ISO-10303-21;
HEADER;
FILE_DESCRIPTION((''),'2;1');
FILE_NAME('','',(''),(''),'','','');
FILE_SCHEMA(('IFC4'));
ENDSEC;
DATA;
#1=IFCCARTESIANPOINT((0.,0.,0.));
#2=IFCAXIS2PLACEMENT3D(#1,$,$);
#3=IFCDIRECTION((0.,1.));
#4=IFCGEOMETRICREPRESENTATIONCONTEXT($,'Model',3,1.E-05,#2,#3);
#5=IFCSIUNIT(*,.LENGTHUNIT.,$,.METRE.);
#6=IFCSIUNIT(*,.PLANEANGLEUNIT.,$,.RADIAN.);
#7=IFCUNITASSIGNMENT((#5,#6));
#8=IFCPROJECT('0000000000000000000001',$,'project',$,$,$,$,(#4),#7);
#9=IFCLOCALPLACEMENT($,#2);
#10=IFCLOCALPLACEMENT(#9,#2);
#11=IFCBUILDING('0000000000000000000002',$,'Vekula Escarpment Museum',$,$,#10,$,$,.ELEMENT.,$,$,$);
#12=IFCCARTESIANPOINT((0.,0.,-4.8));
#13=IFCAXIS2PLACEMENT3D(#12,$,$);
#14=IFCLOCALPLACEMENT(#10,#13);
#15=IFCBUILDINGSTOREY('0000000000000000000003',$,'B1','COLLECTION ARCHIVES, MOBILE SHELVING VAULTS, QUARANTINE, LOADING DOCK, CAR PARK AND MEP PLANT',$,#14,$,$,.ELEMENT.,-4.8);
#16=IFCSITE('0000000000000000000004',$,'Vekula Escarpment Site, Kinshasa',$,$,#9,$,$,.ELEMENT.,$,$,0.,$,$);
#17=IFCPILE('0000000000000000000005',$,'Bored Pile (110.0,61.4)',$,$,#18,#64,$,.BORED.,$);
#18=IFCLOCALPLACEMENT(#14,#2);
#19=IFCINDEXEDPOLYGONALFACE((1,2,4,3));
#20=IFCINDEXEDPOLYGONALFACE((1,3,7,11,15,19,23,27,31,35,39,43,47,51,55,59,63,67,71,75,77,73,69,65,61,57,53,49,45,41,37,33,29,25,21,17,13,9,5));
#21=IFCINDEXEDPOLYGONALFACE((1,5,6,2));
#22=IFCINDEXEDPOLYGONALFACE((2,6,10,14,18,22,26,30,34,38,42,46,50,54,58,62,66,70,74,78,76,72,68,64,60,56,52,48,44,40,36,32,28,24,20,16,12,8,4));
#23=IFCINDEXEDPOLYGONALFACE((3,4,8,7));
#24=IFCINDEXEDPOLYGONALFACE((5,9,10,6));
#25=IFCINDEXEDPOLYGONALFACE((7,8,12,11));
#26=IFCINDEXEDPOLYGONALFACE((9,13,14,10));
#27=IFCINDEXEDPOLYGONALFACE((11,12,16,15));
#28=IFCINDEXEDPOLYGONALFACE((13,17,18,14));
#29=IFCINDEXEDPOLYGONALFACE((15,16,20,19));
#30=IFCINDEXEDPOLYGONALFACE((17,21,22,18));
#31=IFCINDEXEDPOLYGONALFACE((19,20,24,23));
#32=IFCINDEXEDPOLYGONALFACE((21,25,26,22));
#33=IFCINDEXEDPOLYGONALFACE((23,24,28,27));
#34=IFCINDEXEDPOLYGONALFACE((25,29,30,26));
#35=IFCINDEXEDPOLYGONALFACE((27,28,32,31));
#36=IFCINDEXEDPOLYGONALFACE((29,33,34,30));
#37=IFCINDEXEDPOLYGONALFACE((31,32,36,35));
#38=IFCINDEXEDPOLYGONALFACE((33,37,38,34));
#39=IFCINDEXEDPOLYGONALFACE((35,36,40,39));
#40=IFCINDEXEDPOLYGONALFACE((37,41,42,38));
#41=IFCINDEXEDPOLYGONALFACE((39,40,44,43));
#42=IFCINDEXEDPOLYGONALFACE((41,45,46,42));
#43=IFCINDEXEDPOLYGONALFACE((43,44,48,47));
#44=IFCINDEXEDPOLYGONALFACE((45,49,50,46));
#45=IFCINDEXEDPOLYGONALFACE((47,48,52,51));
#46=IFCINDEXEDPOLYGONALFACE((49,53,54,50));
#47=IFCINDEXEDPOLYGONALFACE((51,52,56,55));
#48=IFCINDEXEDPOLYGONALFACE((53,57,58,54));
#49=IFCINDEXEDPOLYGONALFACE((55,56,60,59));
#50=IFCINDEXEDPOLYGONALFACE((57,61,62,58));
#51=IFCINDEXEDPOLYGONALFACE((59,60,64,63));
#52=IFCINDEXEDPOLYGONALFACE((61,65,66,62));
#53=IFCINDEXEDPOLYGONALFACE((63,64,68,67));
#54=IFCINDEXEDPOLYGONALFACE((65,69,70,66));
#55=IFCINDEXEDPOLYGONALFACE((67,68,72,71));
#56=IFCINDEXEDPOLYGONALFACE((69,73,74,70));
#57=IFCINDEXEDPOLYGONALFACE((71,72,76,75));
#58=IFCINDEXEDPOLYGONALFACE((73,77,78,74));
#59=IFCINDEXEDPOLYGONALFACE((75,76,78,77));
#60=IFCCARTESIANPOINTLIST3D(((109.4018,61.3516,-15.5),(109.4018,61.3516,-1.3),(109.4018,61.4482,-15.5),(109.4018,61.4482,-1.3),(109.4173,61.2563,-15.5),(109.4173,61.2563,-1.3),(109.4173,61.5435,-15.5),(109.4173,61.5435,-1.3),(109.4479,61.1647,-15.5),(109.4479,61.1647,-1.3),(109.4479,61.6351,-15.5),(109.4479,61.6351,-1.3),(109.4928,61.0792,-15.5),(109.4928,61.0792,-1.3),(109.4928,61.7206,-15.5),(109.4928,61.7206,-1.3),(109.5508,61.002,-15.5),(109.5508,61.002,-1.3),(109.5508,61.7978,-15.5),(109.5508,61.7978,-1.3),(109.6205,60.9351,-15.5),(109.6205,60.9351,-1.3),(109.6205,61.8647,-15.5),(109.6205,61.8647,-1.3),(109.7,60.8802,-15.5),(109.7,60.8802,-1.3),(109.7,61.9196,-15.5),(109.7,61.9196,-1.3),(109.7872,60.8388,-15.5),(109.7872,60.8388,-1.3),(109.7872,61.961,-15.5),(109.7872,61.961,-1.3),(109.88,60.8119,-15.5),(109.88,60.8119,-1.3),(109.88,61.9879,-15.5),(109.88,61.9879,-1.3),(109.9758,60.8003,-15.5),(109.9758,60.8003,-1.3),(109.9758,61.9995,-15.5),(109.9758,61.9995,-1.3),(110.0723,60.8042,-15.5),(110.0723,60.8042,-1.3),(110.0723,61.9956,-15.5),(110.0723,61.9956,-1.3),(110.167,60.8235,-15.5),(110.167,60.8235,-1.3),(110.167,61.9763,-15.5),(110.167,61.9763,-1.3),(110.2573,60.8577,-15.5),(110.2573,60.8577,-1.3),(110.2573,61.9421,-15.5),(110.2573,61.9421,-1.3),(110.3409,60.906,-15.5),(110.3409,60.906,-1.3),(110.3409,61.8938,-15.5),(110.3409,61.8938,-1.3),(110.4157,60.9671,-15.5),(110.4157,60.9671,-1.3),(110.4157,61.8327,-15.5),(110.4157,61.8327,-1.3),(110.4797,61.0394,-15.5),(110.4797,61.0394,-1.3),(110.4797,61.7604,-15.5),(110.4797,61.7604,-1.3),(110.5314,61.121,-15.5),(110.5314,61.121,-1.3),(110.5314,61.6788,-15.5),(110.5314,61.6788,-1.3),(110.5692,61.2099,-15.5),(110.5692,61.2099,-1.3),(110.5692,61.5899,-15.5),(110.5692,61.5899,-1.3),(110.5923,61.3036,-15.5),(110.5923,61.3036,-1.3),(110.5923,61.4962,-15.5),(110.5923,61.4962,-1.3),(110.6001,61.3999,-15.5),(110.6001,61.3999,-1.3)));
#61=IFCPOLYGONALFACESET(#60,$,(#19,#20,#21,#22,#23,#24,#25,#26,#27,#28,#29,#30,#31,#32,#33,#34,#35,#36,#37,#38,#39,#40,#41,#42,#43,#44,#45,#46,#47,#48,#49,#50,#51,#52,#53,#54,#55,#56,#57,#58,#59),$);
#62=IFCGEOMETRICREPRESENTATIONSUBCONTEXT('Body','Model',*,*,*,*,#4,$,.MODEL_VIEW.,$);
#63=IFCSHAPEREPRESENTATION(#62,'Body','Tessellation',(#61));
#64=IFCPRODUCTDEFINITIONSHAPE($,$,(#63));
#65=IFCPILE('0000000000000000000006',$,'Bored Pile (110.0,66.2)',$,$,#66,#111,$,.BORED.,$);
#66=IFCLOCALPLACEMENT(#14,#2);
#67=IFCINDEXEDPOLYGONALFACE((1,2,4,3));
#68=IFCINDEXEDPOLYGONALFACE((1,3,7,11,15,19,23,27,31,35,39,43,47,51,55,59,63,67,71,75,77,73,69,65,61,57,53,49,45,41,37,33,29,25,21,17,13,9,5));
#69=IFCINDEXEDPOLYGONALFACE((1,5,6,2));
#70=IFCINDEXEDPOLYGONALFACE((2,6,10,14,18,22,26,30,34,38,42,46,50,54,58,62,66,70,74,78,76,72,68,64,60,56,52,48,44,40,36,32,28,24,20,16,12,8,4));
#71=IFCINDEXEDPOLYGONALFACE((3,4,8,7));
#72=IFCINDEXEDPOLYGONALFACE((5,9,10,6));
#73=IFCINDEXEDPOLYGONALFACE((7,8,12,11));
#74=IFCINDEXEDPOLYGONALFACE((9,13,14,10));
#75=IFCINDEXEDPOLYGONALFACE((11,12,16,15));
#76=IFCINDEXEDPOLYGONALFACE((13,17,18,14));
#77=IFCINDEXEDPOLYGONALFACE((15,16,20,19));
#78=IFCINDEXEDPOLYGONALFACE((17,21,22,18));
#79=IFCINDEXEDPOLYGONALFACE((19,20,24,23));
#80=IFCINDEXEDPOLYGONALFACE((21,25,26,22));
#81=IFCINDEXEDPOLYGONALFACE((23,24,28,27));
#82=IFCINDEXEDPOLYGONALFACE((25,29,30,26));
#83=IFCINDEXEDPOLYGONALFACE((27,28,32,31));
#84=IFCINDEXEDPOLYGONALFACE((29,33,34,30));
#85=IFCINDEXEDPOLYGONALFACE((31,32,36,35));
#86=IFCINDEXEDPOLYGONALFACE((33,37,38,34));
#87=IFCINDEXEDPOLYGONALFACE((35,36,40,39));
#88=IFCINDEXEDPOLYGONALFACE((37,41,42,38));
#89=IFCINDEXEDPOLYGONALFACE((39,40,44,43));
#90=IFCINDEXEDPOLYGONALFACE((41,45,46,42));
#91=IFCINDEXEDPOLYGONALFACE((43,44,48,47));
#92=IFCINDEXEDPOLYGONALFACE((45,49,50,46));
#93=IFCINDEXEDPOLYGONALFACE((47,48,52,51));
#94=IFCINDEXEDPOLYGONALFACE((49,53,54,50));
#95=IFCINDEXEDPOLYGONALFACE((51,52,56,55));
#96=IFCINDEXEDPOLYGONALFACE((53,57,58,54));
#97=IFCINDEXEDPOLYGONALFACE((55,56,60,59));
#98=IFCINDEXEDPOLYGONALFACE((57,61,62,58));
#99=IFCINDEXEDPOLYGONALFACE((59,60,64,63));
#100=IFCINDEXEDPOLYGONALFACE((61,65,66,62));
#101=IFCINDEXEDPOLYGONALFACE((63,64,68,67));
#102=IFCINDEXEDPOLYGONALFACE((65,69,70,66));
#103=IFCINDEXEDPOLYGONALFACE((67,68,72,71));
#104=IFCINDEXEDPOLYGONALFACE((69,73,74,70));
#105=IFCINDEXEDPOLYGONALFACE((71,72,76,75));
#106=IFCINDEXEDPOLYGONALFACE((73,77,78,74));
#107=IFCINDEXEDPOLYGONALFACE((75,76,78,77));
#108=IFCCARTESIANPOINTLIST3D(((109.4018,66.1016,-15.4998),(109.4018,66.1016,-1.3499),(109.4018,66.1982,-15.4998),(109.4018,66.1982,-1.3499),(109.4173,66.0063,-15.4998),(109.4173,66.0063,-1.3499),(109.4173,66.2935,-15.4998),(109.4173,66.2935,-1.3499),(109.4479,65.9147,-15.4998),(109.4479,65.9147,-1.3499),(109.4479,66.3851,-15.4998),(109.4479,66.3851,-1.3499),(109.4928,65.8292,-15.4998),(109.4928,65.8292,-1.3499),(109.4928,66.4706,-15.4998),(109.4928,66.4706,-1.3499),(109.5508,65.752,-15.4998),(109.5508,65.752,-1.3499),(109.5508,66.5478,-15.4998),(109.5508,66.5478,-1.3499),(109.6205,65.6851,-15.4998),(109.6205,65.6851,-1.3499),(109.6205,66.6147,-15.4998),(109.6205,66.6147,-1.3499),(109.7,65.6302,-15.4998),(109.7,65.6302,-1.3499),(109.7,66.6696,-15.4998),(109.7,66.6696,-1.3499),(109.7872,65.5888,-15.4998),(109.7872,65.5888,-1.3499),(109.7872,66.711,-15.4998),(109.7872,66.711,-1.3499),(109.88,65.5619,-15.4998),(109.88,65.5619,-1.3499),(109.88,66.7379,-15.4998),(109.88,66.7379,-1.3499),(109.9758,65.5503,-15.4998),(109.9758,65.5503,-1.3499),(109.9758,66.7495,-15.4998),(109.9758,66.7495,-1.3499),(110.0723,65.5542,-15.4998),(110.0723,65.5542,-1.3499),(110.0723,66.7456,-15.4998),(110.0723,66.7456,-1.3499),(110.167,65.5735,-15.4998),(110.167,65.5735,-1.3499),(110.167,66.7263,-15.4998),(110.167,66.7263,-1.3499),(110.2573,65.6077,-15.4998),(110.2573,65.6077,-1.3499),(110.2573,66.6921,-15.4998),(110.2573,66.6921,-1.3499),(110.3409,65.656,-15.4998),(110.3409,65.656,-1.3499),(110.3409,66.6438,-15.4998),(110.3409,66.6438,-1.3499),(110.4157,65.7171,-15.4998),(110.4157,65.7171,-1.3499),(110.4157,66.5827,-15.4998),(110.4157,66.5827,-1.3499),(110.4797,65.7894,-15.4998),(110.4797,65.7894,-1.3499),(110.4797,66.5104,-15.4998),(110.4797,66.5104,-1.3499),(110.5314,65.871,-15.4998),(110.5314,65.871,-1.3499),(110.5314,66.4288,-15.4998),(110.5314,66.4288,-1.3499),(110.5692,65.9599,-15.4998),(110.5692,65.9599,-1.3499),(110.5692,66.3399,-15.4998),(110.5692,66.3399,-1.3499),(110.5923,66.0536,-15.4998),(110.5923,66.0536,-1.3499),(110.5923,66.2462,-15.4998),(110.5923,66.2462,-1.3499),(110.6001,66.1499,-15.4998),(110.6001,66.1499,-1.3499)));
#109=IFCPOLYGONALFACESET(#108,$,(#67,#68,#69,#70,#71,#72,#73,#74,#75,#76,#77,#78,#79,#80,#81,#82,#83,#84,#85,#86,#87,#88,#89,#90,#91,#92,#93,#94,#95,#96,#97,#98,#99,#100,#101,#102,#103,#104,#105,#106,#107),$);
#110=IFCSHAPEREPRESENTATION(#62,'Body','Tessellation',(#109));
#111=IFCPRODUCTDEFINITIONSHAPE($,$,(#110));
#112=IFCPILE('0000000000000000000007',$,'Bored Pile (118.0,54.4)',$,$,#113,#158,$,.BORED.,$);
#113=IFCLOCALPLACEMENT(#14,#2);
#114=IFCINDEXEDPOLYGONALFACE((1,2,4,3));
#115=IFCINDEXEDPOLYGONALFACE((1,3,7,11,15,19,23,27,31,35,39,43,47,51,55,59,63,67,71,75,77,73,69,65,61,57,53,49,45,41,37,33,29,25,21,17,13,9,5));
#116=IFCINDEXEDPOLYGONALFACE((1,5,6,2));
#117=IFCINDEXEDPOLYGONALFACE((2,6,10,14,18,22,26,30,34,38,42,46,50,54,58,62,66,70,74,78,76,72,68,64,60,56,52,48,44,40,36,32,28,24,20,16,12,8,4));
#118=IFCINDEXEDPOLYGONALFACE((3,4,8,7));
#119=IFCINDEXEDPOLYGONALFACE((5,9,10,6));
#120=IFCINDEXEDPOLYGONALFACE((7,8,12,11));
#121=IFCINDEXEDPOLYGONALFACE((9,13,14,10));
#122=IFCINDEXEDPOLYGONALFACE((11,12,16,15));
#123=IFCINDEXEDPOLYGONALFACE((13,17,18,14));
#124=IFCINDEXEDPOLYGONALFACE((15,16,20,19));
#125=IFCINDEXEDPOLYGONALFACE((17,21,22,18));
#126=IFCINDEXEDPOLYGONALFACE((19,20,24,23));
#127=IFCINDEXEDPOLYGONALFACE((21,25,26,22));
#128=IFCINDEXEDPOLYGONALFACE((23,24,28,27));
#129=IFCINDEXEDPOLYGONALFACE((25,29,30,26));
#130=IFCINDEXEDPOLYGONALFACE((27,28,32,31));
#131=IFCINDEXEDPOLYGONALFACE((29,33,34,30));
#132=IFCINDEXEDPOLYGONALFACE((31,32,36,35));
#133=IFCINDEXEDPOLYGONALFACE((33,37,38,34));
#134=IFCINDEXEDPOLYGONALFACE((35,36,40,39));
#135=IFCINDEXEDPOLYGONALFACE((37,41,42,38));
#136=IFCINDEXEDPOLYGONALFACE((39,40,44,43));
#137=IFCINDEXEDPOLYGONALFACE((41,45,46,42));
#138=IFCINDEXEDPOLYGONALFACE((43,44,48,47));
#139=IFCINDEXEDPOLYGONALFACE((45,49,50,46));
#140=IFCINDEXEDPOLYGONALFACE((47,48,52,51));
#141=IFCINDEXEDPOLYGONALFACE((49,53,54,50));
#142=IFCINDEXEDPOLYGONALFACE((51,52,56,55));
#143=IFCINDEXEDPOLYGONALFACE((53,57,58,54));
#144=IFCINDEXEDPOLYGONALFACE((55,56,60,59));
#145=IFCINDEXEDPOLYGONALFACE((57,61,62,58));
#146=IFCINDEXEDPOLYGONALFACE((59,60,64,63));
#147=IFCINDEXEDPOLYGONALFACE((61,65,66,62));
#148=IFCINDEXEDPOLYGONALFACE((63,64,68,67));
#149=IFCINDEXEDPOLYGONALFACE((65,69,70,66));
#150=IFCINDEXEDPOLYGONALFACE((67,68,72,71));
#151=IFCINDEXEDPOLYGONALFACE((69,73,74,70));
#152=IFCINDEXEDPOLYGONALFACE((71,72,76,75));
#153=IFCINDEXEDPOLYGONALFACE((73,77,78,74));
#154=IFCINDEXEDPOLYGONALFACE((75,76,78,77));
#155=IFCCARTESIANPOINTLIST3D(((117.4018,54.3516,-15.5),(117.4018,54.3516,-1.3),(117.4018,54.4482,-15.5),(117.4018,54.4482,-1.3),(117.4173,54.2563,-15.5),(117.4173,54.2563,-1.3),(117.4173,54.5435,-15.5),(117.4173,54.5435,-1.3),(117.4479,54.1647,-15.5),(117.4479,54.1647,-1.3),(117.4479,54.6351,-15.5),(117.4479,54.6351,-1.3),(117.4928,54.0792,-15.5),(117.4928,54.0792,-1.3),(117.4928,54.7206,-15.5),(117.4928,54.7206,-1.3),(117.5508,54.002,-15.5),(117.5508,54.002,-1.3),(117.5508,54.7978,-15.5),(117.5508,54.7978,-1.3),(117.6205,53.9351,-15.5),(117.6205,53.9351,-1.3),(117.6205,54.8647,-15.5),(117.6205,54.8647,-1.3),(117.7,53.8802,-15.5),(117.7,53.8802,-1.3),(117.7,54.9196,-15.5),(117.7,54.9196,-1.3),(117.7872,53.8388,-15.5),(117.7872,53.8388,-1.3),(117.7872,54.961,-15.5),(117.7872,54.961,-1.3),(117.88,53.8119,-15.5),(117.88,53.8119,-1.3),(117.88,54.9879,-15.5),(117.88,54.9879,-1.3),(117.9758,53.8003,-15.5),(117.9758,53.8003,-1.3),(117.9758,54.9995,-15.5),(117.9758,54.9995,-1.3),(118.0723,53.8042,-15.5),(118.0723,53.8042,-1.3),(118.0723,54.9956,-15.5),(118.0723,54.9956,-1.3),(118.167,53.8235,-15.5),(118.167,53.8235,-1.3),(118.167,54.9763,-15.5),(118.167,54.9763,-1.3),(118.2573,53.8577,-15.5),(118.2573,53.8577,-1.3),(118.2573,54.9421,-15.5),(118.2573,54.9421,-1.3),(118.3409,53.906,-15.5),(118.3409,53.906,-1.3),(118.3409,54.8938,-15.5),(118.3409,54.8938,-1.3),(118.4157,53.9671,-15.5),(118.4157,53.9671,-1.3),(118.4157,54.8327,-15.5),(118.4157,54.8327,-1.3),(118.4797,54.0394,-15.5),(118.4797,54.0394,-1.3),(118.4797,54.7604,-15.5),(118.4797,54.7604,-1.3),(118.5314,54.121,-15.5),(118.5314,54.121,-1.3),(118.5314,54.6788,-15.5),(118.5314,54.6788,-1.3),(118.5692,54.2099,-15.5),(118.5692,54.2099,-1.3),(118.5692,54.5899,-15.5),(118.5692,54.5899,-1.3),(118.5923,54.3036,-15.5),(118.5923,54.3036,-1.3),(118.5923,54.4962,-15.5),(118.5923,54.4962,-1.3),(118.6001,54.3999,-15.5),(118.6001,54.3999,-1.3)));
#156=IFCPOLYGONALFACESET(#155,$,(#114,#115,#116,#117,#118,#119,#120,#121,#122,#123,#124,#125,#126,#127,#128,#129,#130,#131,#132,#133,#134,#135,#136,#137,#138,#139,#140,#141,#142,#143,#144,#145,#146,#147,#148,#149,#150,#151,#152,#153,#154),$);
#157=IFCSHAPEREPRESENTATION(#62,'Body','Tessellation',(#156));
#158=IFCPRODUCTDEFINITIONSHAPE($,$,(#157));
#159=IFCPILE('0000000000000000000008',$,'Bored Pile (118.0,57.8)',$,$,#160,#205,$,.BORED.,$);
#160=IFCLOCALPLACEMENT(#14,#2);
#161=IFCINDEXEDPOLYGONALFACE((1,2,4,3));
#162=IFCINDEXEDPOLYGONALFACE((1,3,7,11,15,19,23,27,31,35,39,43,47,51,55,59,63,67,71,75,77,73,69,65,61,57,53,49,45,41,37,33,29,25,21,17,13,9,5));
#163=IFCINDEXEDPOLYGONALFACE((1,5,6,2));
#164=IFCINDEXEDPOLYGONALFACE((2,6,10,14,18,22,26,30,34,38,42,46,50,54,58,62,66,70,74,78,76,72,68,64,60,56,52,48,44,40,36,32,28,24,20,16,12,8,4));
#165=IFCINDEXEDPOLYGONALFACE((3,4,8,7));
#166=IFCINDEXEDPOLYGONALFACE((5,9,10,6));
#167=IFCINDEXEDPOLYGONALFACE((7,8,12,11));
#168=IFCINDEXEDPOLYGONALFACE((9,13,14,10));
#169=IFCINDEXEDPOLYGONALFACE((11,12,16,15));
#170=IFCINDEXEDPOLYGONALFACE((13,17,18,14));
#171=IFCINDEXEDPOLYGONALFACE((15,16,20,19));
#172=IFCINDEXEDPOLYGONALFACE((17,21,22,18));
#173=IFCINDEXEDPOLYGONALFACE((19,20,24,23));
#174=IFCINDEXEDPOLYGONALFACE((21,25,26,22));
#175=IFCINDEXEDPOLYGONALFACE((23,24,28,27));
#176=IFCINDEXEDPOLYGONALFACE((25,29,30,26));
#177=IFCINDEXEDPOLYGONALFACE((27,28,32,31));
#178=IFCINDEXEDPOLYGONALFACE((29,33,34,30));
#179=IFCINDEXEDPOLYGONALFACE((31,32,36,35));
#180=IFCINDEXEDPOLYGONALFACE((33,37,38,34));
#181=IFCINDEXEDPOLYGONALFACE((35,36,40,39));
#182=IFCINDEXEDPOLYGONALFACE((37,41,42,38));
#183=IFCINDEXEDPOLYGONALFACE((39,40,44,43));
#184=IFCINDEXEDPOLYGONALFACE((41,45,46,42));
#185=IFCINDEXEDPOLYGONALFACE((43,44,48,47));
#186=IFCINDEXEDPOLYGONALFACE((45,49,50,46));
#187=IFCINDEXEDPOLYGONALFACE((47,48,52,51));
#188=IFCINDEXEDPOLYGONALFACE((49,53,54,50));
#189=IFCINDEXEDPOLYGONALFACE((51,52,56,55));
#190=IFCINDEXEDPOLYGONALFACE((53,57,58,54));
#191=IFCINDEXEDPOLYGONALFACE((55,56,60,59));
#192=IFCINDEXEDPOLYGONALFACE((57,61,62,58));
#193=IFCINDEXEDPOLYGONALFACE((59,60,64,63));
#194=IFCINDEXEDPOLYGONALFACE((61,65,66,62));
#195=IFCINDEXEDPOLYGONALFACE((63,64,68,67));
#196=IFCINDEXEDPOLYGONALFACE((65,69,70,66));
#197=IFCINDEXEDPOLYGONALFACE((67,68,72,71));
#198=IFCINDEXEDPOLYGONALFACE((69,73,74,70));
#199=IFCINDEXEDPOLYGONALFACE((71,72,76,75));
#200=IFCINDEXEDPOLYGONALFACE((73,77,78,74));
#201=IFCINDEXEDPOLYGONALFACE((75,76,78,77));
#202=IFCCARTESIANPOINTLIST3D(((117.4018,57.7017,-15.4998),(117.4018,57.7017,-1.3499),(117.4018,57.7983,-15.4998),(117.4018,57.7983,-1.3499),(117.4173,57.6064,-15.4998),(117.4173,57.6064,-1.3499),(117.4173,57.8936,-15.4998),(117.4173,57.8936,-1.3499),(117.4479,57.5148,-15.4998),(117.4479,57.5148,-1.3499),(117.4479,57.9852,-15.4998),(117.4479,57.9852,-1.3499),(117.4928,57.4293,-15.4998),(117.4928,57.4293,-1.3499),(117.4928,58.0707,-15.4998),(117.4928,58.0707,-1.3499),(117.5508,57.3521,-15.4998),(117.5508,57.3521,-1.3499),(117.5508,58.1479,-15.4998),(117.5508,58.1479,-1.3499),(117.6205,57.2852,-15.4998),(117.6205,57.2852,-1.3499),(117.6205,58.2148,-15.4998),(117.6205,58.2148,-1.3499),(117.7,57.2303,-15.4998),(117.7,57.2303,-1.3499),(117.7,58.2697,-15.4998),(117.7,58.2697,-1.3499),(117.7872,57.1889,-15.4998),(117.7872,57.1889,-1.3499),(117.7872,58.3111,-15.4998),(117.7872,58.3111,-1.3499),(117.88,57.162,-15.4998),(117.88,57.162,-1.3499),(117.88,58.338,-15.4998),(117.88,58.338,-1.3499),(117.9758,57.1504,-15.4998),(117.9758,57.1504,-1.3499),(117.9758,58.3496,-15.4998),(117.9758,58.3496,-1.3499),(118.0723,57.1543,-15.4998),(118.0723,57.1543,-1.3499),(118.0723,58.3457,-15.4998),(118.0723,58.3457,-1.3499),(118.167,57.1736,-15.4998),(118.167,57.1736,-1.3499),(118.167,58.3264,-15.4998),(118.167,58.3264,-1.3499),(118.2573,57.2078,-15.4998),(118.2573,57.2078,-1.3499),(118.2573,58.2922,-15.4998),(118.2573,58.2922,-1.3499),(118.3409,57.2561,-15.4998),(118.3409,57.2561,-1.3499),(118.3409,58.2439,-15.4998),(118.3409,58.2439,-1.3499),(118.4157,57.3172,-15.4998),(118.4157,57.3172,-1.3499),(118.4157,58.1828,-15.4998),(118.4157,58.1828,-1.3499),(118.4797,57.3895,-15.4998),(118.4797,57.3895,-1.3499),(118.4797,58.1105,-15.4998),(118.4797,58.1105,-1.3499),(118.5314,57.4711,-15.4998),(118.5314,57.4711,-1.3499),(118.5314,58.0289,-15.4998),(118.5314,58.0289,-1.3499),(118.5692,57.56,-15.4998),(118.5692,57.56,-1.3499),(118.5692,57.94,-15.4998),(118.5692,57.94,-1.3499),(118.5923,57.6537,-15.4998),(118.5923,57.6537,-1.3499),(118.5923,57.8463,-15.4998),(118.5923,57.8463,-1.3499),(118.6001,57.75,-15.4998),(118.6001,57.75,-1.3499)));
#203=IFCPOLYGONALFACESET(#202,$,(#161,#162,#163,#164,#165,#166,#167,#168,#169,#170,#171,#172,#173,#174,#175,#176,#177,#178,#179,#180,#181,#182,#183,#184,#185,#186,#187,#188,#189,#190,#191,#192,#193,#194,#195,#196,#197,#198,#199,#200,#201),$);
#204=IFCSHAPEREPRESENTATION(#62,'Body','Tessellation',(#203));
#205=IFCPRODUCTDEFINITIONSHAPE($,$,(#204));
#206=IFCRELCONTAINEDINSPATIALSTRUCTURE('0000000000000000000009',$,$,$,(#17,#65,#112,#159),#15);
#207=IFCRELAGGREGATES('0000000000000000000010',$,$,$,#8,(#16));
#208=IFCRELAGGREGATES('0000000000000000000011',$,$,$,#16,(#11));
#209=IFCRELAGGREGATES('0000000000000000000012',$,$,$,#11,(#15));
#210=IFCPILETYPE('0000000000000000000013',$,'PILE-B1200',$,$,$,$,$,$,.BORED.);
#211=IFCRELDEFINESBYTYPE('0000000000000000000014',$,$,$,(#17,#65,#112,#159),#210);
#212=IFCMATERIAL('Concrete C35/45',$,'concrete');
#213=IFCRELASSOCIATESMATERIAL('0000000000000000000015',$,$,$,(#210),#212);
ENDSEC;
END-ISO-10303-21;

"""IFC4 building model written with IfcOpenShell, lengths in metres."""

from ifc_helpers import new_model, si_unit, direction, frame, origin, origin_2d, place, context, subcontext, project, spatial, circle, extrude, material, material_profile, profile_set, type_object, element, save


model = new_model("IFC4")

# Units and contexts
model_context = context("Model", 3, precision=1e-05, world=origin(), true_north=direction((0.0, 1.0)))
body_context = subcontext(model_context, "Body", "Model", "MODEL_VIEW")
ifc_project = project(units=[si_unit("LENGTHUNIT", "METRE"), si_unit("PLANEANGLEUNIT", "RADIAN")], contexts=[model_context])

# Site, building, storey
site_placement = place(None, origin())
site = spatial("IfcSite", under=ifc_project, at=site_placement, Name="Vekula Escarpment Site, Kinshasa", CompositionType="ELEMENT", RefElevation=0.0)
building_placement = place(site_placement, origin())
building = spatial("IfcBuilding", under=site, at=building_placement, Name="Vekula Escarpment Museum", CompositionType="ELEMENT")
storey_placement = place(building_placement, frame((0.0, 0.0, -4.8)))
storey = spatial("IfcBuildingStorey", under=building, at=storey_placement, Name="B1", Description="COLLECTION ARCHIVES, MOBILE SHELVING VAULTS, QUARANTINE, LOADING DOCK, CAR PARK AND MEP PLANT", CompositionType="ELEMENT", Elevation=-4.8)

# Piles
ifc_material_1 = material(Name="Concrete C35/45", Category="concrete")
ifc_material_profile_1 = material_profile(ifc_material_1, circle(Radius=0.6001, at=origin_2d()), Name="BORED PILE 1200")
ifc_profile_set_1 = profile_set([ifc_material_profile_1], Name="Concrete C35/45")
pile_type = type_object("IfcPileType", Name="PILE-B1200", PredefinedType="BORED", material=ifc_profile_set_1)
for number, where, z_axis, x_axis, name in (
    (1, (110.0, 61.3999, -1.3), (0.0, 0.0, -1.0), (1.0, 0.0, 0.0), "Bored Pile (110.0,61.4)"),
):
    element("IfcPile", number, at=place(storey_placement, frame(where, z_axis=z_axis, x_axis=x_axis)), inside=storey, type_object=pile_type, Name=name, PredefinedType="BORED", context=body_context, shape_type="SweptSolid", body=[
        extrude(circle(Radius=0.6001, at=origin_2d()), origin(), (0.0, 0.0, 1.0), 14.2),
    ])
pile_1_placement = place(storey_placement, frame((110.0, 66.1499, -1.3499), z_axis=(0.0, 0.0, -1.0), x_axis=(1.0, 0.0, 0.0)))
element("IfcPile", 2, at=pile_1_placement, inside=storey, type_object=pile_type, Name="Bored Pile (110.0,66.2)", PredefinedType="BORED", context=body_context, shape_type="SweptSolid", body=[
    extrude(circle(Radius=0.6001, at=origin_2d()), origin(), (0.0, 0.0, 1.0), 14.1499),
])
pile_2_placement = place(storey_placement, frame((118.0, 54.3999, -1.3), z_axis=(0.0, 0.0, -1.0), x_axis=(1.0, 0.0, 0.0)))
element("IfcPile", 3, at=pile_2_placement, inside=storey, type_object=pile_type, Name="Bored Pile (118.0,54.4)", PredefinedType="BORED", context=body_context, shape_type="SweptSolid", body=[
    extrude(circle(Radius=0.6001, at=origin_2d()), origin(), (0.0, 0.0, 1.0), 14.2),
])
for number, where, z_axis, x_axis, name in (
    (4, (118.0, 57.75, -1.3499), (0.0, 0.0, -1.0), (1.0, 0.0, 0.0), "Bored Pile (118.0,57.8)"),
):
    element("IfcPile", number, at=place(storey_placement, frame(where, z_axis=z_axis, x_axis=x_axis)), inside=storey, type_object=pile_type, Name=name, PredefinedType="BORED", context=body_context, shape_type="SweptSolid", body=[
        extrude(circle(Radius=0.6001, at=origin_2d()), origin(), (0.0, 0.0, 1.0), 14.1499),
    ])

save(model, "model.ifc")
